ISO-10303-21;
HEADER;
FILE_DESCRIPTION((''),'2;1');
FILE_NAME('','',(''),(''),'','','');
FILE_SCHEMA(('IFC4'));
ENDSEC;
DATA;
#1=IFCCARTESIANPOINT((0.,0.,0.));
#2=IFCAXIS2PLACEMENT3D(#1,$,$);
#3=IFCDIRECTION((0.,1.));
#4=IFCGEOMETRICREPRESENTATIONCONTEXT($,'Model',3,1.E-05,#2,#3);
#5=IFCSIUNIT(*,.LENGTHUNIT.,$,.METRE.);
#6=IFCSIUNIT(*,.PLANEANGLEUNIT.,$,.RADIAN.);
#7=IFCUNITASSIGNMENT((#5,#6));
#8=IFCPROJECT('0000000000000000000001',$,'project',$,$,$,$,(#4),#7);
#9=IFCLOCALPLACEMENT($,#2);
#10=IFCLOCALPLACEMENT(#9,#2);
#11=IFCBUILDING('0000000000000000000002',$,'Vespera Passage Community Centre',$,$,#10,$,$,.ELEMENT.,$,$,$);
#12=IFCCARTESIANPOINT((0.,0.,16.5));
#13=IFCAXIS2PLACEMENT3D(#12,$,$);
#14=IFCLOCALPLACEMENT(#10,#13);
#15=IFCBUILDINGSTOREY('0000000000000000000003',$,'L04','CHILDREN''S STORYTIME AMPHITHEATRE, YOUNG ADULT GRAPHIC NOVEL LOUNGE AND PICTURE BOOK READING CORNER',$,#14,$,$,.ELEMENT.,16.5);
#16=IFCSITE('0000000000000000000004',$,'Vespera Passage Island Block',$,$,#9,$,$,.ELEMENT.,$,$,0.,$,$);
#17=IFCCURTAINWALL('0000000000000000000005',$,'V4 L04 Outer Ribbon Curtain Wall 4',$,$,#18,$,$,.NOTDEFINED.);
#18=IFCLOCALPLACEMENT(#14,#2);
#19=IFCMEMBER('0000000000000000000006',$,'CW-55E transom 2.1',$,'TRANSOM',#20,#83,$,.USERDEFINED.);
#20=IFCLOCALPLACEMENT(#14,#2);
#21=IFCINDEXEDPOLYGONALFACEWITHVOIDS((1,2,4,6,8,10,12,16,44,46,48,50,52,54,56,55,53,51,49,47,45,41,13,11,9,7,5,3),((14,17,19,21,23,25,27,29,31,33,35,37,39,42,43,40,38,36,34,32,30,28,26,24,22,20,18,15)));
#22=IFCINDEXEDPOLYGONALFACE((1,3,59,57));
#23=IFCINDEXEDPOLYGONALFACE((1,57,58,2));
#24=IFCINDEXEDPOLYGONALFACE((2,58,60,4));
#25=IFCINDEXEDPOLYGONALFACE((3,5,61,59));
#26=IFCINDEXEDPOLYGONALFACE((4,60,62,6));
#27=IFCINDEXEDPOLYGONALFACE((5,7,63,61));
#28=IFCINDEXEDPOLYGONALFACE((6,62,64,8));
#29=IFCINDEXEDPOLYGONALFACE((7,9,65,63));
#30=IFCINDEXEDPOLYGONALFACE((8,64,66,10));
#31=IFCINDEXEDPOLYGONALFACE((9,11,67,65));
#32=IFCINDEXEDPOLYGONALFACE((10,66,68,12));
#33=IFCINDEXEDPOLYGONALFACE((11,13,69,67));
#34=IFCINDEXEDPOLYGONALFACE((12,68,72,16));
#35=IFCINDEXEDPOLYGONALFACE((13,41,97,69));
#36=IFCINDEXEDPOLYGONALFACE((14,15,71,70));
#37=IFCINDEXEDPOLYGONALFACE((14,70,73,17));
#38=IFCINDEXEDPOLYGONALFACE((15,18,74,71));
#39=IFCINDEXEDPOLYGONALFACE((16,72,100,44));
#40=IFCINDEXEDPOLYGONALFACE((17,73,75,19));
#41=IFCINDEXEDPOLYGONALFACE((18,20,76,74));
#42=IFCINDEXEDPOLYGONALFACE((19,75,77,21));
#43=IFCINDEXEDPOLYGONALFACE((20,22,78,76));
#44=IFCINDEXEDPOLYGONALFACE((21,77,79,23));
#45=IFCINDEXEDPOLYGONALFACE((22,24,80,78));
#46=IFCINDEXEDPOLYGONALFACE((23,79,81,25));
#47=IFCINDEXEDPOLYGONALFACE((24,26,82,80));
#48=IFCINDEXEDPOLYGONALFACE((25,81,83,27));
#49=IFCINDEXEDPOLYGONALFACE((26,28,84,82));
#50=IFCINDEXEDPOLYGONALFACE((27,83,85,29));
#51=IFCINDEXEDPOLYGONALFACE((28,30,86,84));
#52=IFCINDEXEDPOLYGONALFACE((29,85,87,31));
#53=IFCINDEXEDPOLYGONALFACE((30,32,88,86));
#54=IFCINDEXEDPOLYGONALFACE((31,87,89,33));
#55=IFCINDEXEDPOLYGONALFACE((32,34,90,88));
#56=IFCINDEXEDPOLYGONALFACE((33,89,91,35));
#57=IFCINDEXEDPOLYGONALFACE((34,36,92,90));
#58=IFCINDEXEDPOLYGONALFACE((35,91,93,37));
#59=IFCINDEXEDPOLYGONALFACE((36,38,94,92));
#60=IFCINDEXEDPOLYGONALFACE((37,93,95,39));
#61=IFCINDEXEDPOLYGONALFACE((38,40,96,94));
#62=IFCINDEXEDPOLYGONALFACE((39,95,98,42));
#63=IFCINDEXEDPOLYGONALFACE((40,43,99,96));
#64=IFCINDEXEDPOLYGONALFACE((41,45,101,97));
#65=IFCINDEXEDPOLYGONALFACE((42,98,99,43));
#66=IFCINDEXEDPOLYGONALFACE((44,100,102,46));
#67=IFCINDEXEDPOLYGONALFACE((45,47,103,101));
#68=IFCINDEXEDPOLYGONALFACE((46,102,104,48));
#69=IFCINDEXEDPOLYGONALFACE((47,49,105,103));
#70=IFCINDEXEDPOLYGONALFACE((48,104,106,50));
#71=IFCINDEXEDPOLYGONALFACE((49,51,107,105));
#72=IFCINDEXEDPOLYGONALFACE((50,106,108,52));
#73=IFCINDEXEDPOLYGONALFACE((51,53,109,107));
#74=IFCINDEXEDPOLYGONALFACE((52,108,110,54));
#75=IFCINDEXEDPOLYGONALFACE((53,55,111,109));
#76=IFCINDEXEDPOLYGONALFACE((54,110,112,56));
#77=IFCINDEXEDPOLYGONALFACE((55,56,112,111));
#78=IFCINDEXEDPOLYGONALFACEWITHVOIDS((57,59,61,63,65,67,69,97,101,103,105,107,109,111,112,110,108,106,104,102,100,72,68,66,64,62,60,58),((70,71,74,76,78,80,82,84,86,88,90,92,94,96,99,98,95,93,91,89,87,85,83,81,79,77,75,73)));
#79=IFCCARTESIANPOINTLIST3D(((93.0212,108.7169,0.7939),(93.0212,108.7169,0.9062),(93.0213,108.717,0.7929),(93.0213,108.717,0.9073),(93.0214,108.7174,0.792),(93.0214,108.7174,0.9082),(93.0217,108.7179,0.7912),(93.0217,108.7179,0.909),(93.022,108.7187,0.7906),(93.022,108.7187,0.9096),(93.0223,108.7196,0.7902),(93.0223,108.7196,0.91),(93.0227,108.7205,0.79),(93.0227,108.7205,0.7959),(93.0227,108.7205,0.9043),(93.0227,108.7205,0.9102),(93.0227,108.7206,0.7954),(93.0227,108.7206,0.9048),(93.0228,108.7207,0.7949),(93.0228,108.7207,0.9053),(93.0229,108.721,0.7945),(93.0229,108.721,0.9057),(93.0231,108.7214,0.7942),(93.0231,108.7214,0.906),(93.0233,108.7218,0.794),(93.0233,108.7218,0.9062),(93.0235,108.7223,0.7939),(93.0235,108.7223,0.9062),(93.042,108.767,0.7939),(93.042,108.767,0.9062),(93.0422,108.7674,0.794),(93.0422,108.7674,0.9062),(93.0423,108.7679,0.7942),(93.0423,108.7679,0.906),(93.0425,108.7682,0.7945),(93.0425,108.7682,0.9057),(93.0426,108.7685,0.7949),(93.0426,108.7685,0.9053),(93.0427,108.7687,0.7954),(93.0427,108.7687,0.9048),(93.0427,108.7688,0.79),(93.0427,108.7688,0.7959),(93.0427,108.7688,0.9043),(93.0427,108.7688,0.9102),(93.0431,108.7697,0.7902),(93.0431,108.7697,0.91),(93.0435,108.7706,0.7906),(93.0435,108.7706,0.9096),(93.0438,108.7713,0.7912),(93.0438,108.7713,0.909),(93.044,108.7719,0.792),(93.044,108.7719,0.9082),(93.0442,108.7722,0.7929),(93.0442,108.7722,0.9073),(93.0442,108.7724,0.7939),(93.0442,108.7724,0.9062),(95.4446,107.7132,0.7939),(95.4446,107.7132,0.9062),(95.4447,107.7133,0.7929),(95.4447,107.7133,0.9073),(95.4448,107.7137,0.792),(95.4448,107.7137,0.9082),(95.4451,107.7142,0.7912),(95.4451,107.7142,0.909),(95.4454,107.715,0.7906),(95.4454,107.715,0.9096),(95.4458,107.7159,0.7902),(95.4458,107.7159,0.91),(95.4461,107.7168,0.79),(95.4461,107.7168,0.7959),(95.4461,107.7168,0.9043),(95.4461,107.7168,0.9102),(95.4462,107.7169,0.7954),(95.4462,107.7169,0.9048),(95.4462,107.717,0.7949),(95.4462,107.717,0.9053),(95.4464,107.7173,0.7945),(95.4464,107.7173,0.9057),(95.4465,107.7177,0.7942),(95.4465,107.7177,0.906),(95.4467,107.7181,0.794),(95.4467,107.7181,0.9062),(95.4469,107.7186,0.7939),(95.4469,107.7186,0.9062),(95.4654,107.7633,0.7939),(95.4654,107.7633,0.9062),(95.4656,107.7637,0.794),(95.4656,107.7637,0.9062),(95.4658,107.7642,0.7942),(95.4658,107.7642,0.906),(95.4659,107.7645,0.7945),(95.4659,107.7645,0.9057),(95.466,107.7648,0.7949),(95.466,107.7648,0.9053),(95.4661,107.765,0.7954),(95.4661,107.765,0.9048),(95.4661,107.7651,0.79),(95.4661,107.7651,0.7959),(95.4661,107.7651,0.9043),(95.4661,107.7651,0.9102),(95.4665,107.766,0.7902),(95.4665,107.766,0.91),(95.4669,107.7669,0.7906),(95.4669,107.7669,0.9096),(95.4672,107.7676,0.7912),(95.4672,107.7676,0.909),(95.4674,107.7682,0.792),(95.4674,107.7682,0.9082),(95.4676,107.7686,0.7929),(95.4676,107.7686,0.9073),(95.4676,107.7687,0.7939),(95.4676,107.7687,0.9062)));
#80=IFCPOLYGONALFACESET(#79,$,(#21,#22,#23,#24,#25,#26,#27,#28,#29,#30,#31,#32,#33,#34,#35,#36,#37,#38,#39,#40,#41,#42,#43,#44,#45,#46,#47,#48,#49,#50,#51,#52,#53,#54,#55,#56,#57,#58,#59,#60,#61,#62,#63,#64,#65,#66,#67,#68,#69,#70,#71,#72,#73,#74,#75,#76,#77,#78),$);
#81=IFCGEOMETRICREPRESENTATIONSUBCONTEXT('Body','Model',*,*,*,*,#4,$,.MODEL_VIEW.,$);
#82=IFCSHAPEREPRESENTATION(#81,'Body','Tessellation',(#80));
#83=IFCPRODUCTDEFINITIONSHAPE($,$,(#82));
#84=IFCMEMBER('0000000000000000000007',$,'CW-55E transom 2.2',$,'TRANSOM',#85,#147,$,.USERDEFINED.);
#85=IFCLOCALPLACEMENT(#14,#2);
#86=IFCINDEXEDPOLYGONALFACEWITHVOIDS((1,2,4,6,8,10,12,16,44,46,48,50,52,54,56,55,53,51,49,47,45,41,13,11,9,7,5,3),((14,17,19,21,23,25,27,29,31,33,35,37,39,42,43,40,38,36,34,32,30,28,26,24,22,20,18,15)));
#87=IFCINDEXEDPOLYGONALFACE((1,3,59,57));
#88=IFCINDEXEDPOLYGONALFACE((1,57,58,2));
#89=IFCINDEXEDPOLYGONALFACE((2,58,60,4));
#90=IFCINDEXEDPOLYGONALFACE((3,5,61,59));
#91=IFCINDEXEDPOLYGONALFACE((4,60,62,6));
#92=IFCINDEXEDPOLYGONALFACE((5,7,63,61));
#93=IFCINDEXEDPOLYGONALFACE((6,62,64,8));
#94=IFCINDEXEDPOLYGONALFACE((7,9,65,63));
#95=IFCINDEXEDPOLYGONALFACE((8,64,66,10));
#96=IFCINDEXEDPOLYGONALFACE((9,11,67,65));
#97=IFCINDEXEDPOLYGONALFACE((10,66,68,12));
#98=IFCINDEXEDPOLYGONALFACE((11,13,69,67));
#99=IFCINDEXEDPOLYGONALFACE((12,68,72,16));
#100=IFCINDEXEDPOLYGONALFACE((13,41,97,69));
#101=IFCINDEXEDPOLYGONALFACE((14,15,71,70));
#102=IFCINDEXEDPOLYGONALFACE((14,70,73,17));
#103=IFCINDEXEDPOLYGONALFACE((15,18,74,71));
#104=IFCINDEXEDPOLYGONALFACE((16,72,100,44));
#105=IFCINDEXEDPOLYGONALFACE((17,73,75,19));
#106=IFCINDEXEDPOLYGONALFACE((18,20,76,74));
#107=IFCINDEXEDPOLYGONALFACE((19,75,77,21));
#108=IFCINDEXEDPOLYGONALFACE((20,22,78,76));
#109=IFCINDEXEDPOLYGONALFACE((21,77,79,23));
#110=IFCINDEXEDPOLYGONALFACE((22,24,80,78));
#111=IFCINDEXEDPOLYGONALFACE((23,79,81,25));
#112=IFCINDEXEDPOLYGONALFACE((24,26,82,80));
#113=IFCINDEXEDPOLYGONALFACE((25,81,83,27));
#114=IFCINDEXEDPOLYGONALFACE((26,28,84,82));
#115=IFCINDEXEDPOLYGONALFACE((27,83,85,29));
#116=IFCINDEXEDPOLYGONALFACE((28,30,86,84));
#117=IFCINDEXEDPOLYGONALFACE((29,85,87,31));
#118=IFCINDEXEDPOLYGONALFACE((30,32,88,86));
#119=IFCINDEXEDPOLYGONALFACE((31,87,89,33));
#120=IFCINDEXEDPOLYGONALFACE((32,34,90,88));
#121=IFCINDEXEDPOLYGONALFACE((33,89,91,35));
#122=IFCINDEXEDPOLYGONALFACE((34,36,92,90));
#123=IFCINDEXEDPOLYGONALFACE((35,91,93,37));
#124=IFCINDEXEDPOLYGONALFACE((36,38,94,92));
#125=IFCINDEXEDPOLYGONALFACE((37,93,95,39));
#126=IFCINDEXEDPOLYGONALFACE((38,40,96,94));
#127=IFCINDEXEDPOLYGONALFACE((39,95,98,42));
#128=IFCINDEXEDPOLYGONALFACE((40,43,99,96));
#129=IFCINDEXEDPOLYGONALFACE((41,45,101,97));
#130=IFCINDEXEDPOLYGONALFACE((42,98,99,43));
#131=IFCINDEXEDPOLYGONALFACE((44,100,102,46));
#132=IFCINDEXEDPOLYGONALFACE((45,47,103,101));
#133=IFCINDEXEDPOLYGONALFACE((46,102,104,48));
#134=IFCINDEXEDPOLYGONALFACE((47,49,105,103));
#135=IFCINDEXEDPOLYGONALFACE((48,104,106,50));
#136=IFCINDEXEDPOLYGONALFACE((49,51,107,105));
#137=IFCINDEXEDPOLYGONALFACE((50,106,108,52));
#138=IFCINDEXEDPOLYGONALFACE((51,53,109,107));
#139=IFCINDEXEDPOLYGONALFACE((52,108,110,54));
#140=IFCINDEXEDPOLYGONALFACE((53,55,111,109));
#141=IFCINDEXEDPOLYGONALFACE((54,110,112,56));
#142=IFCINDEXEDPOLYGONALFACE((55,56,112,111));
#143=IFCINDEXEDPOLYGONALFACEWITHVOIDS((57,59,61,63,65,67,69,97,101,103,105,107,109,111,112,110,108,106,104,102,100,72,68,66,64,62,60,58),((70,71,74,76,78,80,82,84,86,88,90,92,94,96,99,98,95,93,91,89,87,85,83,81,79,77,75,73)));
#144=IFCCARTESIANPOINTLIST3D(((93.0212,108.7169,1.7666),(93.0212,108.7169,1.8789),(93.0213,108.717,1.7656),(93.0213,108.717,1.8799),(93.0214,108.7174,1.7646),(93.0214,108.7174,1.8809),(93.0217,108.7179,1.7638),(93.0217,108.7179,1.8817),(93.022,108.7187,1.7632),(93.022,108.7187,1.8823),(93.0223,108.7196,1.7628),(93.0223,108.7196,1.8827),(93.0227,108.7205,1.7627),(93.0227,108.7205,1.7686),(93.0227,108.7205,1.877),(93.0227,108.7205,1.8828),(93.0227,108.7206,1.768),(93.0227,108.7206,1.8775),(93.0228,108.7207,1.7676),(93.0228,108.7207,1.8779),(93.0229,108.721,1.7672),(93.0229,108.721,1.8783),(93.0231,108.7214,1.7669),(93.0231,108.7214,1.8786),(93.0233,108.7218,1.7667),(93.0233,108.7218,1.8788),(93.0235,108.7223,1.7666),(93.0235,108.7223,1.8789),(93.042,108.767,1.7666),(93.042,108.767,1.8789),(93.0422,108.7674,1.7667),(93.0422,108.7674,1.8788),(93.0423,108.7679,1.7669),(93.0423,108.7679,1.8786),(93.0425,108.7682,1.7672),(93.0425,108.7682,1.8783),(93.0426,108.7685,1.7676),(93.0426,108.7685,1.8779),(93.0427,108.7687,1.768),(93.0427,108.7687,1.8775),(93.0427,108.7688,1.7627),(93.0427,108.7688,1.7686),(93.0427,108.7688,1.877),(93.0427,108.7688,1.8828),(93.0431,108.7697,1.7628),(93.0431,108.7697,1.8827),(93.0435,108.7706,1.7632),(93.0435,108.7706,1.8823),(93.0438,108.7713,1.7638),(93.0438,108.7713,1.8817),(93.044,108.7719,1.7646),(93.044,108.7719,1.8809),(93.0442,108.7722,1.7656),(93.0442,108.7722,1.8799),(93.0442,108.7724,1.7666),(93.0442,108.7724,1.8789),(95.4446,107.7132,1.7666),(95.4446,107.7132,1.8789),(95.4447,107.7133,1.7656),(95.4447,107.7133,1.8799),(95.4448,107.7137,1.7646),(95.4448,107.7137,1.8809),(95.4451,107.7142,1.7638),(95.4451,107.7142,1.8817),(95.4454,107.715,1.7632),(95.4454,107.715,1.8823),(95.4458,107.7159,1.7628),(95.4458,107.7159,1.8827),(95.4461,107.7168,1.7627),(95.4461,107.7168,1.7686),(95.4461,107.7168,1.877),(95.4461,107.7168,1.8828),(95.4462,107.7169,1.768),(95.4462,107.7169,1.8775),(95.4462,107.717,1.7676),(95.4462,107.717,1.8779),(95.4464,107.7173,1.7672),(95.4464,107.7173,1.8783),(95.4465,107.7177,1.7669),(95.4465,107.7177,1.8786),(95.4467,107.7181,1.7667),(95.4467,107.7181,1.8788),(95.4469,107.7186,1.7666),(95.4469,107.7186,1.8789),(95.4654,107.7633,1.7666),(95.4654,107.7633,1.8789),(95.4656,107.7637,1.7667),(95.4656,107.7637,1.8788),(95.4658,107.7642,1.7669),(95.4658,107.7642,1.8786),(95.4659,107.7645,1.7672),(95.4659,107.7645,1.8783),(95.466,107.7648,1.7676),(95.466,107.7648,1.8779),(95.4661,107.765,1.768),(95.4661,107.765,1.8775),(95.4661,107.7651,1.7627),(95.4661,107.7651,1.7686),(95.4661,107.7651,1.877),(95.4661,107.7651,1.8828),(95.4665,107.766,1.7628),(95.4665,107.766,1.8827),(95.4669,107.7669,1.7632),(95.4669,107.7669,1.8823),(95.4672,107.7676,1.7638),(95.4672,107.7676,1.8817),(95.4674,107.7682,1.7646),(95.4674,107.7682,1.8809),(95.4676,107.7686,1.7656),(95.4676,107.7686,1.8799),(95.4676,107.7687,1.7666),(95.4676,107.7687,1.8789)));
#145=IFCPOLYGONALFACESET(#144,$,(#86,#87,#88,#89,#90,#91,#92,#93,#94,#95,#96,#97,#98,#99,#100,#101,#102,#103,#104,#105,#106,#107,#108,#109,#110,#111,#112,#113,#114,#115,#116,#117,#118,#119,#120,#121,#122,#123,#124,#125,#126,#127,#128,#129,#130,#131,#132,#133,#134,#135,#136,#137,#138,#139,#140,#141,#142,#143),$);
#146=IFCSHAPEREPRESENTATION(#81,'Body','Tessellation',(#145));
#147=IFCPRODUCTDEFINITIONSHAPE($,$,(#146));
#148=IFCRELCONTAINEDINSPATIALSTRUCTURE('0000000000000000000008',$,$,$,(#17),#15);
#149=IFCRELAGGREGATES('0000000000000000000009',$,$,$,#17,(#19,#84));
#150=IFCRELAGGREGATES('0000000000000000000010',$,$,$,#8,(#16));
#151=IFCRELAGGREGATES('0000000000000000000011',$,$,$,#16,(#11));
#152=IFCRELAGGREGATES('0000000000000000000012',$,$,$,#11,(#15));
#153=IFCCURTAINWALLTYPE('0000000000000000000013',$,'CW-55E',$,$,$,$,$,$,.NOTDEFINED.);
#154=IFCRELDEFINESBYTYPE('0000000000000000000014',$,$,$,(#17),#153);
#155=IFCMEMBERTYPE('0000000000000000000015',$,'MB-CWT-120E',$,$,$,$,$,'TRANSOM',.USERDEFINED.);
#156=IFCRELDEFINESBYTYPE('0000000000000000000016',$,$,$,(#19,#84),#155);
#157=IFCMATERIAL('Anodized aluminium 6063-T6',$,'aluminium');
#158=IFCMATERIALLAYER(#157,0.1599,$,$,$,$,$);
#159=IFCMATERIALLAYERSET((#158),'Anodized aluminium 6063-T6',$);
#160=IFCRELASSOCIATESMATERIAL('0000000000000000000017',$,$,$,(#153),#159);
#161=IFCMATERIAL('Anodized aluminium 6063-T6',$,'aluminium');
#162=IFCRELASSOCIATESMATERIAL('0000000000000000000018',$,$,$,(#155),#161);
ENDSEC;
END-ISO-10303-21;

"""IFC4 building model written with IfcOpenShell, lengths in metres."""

from ifc_helpers import new_model, si_unit, direction, frame, origin, origin_2d, place, context, subcontext, project, spatial, hollow_rectangle, extrude, material, layer, layer_set, material_profile, profile_set, type_object, element, aggregate, save


model = new_model("IFC4")

# Units and contexts
model_context = context("Model", 3, precision=1e-05, world=origin(), true_north=direction((0.0, 1.0)))
body_context = subcontext(model_context, "Body", "Model", "MODEL_VIEW")
ifc_project = project(units=[si_unit("LENGTHUNIT", "METRE"), si_unit("PLANEANGLEUNIT", "RADIAN")], contexts=[model_context])

# Site, building, storey
site_placement = place(None, origin())
site = spatial("IfcSite", under=ifc_project, at=site_placement, Name="Vespera Passage Island Block", CompositionType="ELEMENT", RefElevation=0.0)
building_placement = place(site_placement, origin())
building = spatial("IfcBuilding", under=site, at=building_placement, Name="Vespera Passage Community Centre", CompositionType="ELEMENT")
storey_placement = place(building_placement, frame((0.0, 0.0, 16.5)))
storey = spatial("IfcBuildingStorey", under=building, at=storey_placement, Name="L04", Description="CHILDREN'S STORYTIME AMPHITHEATRE, YOUNG ADULT GRAPHIC NOVEL LOUNGE AND PICTURE BOOK READING CORNER", CompositionType="ELEMENT", Elevation=16.5)

# Curtain wall
ifc_material_1 = material(Name="Anodized aluminium 6063-T6", Category="aluminium")
ifc_layer_1 = layer(ifc_material_1, 0.1599)
ifc_layer_set_1 = layer_set([ifc_layer_1], Name="Anodized aluminium 6063-T6")
curtain_wall_type_1 = type_object("IfcCurtainWallType", Name="CW-55E", PredefinedType="NOTDEFINED", material=ifc_layer_set_1)
curtain_wall_1_placement = place(storey_placement, origin())
curtain_wall_1 = element("IfcCurtainWall", 1, at=curtain_wall_1_placement, inside=storey, type_object=curtain_wall_type_1, Name="V4 L04 Outer Ribbon Curtain Wall 4", PredefinedType="NOTDEFINED")

# Members
ifc_material_2 = material(Name="Anodized aluminium 6063-T6", Category="aluminium")
ifc_material_profile_1 = material_profile(ifc_material_2, hollow_rectangle(XDim=0.0601, YDim=0.1201, WallThickness=0.0039, InnerFilletRadius=0.002, OuterFilletRadius=0.0039, at=origin_2d()), Name="ALU120X60X4")
ifc_profile_set_1 = profile_set([ifc_material_profile_1], Name="Anodized aluminium 6063-T6")
member_type_1 = type_object("IfcMemberType", Name="MB-CWT-120E", ElementType="TRANSOM", PredefinedType="USERDEFINED", material=ifc_profile_set_1)
member_1_placement = place(storey_placement, frame((93.0327, 108.7446, 0.8501), z_axis=(0.923895, -0.382645, 0.0), x_axis=(0.382645, 0.923895, 0.0)))
member_1 = element("IfcMember", 2, at=member_1_placement, type_object=member_type_1, Name="CW-55E transom 2.1", ObjectType="TRANSOM", PredefinedType="USERDEFINED", context=body_context, shape_type="SweptSolid", body=[
    extrude(hollow_rectangle(XDim=0.0601, YDim=0.1201, WallThickness=0.0039, InnerFilletRadius=0.002, OuterFilletRadius=0.0039, at=origin_2d()), origin(), (0.0, 0.0, 1.0), 2.623),
])
member_2_placement = place(storey_placement, frame((93.0327, 108.7446, 1.8228), z_axis=(0.923895, -0.382645, 0.0), x_axis=(0.382645, 0.923895, 0.0)))
member_2 = element("IfcMember", 3, at=member_2_placement, type_object=member_type_1, Name="CW-55E transom 2.2", ObjectType="TRANSOM", PredefinedType="USERDEFINED", context=body_context, shape_type="SweptSolid", body=[
    extrude(hollow_rectangle(XDim=0.0601, YDim=0.1201, WallThickness=0.0039, InnerFilletRadius=0.002, OuterFilletRadius=0.0039, at=origin_2d()), origin(), (0.0, 0.0, 1.0), 2.623),
])

aggregate(curtain_wall_1, [member_1, member_2])

save(model, "model.ifc")
